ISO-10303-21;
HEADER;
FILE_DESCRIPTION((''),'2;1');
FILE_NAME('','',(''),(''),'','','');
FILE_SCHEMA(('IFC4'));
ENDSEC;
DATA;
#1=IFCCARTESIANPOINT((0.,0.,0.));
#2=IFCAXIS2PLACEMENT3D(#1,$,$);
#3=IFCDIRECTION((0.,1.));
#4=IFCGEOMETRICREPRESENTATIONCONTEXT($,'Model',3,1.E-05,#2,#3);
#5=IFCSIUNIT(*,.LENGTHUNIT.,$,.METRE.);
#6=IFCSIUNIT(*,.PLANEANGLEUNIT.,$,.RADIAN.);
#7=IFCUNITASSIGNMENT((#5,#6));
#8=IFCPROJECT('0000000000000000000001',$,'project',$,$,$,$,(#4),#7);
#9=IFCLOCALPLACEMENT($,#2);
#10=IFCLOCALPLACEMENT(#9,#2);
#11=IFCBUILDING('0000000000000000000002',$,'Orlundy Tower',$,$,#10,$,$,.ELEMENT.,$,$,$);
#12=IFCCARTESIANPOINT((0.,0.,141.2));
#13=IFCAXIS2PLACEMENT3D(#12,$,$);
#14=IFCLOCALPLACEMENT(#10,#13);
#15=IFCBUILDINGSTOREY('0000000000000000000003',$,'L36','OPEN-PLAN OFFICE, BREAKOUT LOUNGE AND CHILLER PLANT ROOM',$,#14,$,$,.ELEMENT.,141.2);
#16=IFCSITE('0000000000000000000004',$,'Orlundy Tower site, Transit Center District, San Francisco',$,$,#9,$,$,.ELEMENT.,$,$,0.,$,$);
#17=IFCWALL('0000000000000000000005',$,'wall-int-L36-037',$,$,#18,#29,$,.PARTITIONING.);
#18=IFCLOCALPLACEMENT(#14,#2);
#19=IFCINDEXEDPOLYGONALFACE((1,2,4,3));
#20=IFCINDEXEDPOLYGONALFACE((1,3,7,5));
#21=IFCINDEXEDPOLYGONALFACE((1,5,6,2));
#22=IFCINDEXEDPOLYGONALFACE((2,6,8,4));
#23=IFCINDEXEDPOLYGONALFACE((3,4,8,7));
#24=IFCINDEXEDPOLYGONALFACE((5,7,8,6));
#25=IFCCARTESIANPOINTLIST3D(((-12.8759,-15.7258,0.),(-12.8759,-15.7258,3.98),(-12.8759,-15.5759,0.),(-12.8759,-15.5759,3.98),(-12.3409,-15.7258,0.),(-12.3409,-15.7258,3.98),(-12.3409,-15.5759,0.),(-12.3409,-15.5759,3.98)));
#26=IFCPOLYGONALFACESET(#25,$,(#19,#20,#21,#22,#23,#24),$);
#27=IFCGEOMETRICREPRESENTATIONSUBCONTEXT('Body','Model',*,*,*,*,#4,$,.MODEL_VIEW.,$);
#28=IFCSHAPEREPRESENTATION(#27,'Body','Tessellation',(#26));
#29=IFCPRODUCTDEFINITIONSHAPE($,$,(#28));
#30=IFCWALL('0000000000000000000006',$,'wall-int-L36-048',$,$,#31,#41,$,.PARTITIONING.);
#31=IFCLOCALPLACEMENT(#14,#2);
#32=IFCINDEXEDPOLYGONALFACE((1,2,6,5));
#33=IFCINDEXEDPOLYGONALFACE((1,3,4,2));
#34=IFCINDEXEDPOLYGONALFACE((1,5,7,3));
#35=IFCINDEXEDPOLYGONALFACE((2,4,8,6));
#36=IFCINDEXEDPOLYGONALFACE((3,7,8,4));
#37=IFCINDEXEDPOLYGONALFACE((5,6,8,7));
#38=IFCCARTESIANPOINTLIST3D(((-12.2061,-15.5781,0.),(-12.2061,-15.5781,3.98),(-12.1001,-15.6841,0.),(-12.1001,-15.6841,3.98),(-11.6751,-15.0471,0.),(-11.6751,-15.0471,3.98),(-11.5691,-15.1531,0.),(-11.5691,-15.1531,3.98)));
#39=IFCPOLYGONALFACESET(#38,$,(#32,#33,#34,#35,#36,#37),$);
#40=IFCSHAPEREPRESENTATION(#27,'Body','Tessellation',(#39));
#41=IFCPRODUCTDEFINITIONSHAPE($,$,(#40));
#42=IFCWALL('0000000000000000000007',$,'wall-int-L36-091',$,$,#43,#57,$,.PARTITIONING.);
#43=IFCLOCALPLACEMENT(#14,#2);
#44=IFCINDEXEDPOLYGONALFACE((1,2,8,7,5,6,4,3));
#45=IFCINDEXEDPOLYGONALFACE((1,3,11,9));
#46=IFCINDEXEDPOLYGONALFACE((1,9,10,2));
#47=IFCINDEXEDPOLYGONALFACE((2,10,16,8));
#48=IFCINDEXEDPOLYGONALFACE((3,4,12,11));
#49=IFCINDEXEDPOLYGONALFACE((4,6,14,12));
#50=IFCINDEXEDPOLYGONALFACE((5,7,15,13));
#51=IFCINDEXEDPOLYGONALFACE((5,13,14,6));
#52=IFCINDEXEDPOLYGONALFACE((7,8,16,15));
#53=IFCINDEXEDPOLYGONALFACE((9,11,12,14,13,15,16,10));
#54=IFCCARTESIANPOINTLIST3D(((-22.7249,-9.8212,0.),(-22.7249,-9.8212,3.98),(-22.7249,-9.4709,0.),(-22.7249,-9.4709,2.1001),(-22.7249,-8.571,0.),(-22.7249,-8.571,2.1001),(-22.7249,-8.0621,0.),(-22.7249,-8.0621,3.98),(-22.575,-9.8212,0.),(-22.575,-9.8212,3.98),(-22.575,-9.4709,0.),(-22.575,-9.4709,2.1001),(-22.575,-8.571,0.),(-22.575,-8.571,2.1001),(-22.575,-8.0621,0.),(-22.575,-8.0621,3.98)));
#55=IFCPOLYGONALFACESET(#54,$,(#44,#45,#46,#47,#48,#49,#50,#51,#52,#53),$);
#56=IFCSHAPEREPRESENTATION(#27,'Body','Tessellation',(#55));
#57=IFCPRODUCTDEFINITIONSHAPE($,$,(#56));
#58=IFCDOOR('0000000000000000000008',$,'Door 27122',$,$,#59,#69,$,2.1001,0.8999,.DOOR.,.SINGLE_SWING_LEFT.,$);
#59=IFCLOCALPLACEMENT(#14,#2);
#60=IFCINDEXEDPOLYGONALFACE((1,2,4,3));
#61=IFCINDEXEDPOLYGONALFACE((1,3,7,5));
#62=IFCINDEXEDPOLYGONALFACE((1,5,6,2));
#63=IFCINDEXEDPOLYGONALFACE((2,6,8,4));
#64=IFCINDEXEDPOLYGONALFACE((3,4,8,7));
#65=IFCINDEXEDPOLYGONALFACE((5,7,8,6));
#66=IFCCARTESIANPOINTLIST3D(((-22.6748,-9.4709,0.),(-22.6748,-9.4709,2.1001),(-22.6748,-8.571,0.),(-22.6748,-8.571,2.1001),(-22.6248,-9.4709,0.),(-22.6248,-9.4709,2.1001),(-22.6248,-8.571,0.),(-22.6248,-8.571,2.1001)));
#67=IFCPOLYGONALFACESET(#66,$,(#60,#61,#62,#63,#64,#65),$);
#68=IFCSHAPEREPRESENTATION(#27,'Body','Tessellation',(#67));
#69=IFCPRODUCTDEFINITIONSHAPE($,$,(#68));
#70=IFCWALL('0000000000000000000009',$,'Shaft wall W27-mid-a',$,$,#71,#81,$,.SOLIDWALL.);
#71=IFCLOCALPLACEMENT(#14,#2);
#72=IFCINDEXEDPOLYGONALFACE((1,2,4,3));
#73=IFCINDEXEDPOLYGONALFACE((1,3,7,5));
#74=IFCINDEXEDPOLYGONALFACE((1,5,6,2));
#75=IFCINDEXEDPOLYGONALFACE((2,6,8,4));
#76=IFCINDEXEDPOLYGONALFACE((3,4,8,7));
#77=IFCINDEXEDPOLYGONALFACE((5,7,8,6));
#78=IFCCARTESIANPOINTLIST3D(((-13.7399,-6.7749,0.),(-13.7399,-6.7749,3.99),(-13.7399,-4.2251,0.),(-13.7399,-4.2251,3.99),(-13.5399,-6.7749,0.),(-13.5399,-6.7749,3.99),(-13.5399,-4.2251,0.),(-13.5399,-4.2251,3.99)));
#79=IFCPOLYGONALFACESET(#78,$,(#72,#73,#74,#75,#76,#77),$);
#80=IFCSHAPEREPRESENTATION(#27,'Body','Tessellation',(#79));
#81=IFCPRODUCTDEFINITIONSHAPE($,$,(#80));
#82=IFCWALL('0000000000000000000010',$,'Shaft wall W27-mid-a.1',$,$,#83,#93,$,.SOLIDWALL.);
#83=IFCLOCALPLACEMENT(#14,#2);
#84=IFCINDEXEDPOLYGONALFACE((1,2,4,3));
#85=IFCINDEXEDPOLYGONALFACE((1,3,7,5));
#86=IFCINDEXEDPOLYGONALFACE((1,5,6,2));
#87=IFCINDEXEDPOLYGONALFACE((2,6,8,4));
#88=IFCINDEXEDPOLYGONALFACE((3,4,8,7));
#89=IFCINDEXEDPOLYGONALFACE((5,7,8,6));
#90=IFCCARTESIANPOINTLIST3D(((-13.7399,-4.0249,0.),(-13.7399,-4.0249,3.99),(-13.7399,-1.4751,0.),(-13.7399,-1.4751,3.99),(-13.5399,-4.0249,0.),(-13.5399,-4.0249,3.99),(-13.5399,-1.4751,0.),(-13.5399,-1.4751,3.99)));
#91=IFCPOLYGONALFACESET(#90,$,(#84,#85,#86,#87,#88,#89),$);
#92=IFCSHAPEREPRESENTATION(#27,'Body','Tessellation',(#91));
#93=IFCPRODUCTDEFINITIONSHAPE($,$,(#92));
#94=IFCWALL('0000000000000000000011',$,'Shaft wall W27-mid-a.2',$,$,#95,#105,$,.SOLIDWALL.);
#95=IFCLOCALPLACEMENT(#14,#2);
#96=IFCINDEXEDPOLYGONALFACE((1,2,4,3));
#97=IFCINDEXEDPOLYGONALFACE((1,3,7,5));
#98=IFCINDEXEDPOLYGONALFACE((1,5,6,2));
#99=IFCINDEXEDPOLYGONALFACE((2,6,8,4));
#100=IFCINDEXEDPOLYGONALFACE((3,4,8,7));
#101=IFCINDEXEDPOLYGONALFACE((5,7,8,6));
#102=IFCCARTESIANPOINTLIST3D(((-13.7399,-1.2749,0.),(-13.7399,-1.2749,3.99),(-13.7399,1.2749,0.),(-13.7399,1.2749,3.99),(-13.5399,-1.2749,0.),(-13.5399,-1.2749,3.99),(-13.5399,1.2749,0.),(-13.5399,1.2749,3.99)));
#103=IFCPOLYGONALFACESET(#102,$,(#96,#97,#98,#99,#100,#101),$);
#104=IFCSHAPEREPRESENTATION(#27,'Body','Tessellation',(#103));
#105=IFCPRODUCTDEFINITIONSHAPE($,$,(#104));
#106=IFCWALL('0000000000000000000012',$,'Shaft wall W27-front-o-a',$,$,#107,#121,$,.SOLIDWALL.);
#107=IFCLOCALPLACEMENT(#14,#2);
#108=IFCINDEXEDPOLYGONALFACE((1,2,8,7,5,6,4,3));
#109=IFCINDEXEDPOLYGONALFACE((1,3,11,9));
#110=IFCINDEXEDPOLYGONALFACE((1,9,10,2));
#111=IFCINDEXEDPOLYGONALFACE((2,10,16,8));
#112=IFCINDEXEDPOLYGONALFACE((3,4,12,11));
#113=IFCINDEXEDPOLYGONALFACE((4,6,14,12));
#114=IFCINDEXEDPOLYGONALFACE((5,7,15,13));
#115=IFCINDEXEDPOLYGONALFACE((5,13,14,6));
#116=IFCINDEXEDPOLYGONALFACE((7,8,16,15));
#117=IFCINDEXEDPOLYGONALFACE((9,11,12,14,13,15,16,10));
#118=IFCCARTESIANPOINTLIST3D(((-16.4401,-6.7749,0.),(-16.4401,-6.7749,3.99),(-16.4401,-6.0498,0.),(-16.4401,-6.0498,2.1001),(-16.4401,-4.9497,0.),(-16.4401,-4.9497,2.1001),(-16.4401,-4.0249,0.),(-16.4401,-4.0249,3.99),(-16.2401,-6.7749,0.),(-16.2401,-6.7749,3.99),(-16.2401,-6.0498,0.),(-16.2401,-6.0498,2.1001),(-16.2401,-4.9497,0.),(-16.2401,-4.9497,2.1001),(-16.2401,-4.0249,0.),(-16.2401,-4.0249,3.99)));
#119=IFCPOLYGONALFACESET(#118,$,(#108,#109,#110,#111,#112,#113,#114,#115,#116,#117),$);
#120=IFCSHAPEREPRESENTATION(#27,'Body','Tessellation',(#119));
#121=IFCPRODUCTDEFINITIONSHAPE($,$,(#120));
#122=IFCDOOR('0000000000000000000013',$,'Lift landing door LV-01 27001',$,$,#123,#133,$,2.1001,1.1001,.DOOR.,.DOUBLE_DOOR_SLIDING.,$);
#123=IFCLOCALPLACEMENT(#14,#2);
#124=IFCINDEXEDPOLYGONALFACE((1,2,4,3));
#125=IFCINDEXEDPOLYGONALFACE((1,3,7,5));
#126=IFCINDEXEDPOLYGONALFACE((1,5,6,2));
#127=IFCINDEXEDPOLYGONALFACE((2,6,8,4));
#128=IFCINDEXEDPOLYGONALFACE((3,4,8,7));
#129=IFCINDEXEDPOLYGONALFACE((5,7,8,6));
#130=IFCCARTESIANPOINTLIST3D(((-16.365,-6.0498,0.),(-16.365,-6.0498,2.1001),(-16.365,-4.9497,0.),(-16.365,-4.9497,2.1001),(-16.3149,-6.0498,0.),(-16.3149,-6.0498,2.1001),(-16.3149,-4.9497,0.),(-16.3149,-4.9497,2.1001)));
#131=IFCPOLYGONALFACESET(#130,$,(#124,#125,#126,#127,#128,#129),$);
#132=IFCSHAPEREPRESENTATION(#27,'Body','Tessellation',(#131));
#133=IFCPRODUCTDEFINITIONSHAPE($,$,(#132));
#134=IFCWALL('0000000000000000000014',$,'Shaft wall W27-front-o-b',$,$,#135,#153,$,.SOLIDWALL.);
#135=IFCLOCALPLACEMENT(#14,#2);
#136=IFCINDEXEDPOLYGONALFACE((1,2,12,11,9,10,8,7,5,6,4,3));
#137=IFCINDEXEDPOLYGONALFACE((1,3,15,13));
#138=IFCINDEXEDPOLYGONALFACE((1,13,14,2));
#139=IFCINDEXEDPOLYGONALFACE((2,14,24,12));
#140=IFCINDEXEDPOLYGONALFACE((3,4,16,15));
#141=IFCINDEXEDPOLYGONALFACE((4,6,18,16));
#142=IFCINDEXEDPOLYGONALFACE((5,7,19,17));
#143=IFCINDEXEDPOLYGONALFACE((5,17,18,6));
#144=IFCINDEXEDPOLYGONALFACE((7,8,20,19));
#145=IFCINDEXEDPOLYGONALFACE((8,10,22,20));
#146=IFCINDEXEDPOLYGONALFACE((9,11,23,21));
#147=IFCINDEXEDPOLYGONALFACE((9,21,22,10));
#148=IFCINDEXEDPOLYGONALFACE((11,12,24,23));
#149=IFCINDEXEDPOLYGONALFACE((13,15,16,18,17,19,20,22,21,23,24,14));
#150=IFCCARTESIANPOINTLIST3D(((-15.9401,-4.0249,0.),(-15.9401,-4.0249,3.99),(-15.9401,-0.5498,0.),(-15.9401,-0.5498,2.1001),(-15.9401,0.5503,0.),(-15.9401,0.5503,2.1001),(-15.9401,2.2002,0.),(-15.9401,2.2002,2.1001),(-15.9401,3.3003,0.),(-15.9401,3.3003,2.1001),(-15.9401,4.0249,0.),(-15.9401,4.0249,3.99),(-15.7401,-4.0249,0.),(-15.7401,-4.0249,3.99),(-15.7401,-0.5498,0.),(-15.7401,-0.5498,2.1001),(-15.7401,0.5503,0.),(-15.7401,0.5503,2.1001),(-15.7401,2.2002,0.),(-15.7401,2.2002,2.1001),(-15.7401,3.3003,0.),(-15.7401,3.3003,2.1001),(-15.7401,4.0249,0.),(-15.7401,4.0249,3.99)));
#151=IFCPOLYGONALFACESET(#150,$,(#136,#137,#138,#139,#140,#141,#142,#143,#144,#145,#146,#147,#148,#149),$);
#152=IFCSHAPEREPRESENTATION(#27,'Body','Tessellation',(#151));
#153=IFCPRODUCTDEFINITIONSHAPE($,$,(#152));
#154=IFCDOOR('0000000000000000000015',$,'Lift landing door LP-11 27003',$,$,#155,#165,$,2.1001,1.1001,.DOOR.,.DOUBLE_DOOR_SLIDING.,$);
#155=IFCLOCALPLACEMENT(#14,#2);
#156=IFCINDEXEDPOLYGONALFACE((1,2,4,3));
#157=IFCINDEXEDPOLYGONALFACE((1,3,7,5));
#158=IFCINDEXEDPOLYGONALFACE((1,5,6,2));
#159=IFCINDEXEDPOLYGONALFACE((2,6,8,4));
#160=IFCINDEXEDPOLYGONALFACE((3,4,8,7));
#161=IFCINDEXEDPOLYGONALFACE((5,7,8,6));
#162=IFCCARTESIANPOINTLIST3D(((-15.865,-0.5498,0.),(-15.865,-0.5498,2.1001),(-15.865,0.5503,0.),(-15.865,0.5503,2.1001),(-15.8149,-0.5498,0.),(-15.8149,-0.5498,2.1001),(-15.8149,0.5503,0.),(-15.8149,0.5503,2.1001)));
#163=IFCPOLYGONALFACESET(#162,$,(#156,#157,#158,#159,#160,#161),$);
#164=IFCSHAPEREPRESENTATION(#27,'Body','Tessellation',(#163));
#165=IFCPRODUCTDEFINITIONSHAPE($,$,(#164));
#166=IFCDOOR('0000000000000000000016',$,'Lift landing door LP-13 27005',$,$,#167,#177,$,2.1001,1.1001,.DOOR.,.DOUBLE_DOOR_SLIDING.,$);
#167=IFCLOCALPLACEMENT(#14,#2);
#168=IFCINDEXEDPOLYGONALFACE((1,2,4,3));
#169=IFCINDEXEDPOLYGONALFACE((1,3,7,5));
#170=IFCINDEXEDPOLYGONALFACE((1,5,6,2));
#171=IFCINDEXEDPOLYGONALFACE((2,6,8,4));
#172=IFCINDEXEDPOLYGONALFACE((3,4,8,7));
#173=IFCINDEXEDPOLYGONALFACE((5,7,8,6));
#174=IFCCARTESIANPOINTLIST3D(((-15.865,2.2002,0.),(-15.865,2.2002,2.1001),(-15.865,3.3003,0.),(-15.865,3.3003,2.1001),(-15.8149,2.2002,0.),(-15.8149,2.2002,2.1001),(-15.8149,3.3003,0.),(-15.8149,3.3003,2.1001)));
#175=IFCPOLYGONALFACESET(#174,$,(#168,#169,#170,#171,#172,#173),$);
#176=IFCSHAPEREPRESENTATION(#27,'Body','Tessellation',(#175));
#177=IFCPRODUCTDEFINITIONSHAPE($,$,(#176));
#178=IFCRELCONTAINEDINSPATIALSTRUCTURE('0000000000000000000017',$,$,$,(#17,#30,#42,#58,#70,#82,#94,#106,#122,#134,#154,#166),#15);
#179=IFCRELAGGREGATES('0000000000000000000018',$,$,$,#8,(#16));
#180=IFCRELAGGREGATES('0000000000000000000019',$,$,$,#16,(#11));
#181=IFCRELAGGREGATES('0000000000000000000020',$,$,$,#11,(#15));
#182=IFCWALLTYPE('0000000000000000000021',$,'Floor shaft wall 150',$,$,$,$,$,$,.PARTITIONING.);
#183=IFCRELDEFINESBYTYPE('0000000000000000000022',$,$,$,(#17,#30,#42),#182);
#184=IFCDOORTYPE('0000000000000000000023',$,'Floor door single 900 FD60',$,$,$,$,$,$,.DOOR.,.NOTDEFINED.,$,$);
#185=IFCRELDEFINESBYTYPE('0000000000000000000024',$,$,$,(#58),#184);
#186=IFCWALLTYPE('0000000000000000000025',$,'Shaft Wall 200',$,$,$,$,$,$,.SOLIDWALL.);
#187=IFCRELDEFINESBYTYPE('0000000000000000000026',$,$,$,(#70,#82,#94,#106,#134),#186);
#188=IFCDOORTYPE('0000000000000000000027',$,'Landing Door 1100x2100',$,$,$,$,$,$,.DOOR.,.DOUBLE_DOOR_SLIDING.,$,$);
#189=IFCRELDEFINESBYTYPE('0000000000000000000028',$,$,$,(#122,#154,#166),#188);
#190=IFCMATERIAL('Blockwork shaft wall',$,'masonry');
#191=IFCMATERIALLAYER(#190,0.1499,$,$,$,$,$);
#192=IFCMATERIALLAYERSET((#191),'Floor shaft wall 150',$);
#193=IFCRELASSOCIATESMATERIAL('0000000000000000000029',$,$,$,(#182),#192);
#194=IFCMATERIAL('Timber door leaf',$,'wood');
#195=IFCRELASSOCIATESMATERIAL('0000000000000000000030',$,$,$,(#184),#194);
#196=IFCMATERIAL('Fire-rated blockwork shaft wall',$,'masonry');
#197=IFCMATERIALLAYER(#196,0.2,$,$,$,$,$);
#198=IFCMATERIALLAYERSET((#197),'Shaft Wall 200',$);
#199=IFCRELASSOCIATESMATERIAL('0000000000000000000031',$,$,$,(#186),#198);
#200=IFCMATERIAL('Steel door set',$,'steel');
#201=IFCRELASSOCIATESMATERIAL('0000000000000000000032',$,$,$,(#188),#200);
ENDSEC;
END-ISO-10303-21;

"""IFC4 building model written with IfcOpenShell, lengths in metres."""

from ifc_helpers import new_model, si_unit, direction, frame, frame_2d, origin, place, context, subcontext, project, spatial, rectangle, extrude, material, layer, layer_set, type_object, element, fill, save


model = new_model("IFC4")

# Units and contexts
model_context = context("Model", 3, precision=1e-05, world=origin(), true_north=direction((0.0, 1.0)))
body_context = subcontext(model_context, "Body", "Model", "MODEL_VIEW")
ifc_project = project(units=[si_unit("LENGTHUNIT", "METRE"), si_unit("PLANEANGLEUNIT", "RADIAN")], contexts=[model_context])

# Site, building, storey
site_placement = place(None, origin())
site = spatial("IfcSite", under=ifc_project, at=site_placement, Name="Orlundy Tower site, Transit Center District, San Francisco", CompositionType="ELEMENT", RefElevation=0.0)
building_placement = place(site_placement, origin())
building = spatial("IfcBuilding", under=site, at=building_placement, Name="Orlundy Tower", CompositionType="ELEMENT")
storey_placement = place(building_placement, frame((0.0, 0.0, 141.2)))
storey = spatial("IfcBuildingStorey", under=building, at=storey_placement, Name="L36", Description="OPEN-PLAN OFFICE, BREAKOUT LOUNGE AND CHILLER PLANT ROOM", CompositionType="ELEMENT", Elevation=141.2)

# Walls
ifc_material_1 = material(Name="Blockwork shaft wall", Category="masonry")
ifc_layer_1 = layer(ifc_material_1, 0.1499)
ifc_layer_set_1 = layer_set([ifc_layer_1], Name="Floor shaft wall 150")
wall_type_1 = type_object("IfcWallType", Name="Floor shaft wall 150", PredefinedType="PARTITIONING", material=ifc_layer_set_1)
wall_1_placement = place(storey_placement, frame((-12.876, -15.6509, 0.0), z_axis=(0.0, 0.0, 1.0), x_axis=(1.0, 0.0, 0.0)))
element("IfcWall", 1, at=wall_1_placement, inside=storey, type_object=wall_type_1, Name="wall-int-L36-037", PredefinedType="PARTITIONING", context=body_context, shape_type="SweptSolid", body=[
    extrude(rectangle(XDim=0.5349, YDim=0.1499, at=frame_2d((0.2676, 0.0))), origin(), (0.0, 0.0, 1.0), 3.98),
])
wall_2_placement = place(storey_placement, frame((-12.1531, -15.6311, 0.0), z_axis=(0.0, 0.0, 1.0), x_axis=(0.707107, 0.707107, 0.0)))
element("IfcWall", 2, at=wall_2_placement, inside=storey, type_object=wall_type_1, Name="wall-int-L36-048", PredefinedType="PARTITIONING", context=body_context, shape_type="SweptSolid", body=[
    extrude(rectangle(XDim=0.751, YDim=0.1499, at=frame_2d((0.3755, 0.0))), origin(), (0.0, 0.0, 1.0), 3.98),
])

# Wall, opening, door
wall_3_placement = place(storey_placement, frame((-22.6499, -9.821, 0.0), z_axis=(0.0, 0.0, 1.0), x_axis=(0.0, 1.0, 0.0)))
wall_3 = element("IfcWall", 3, at=wall_3_placement, inside=storey, type_object=wall_type_1, Name="wall-int-L36-091", PredefinedType="PARTITIONING", context=body_context, shape_type="SweptSolid", body=[
    extrude(rectangle(XDim=1.759, YDim=0.1499, at=frame_2d((0.8794, 0.0))), origin(), (0.0, 0.0, 1.0), 3.98),
])
opening_1_placement = place(wall_3_placement, frame((0.3501, 0.0, 0.0)))
opening_1 = element("IfcOpeningElement", 4, at=opening_1_placement, cuts=wall_3, PredefinedType="OPENING", context=body_context, shape_type="SweptSolid", body=[
    extrude(rectangle(XDim=0.8999, YDim=2.1001, at=frame_2d((0.45, 1.05))), frame((0.0, 0.085, 0.0), z_axis=(0.0, -1.0, 0.0), x_axis=(1.0, 0.0, 0.0)), (0.0, 0.0, 1.0), 0.1699),
])
ifc_material_2 = material(Name="Timber door leaf", Category="wood")
door_type_1 = type_object("IfcDoorType", Name="Floor door single 900 FD60", OperationType="NOTDEFINED", PredefinedType="DOOR", material=ifc_material_2)
door_1_placement = place(opening_1_placement, origin())
door_1 = element("IfcDoor", 5, at=door_1_placement, inside=storey, type_object=door_type_1, Name="Door 27122", OperationType="SINGLE_SWING_LEFT", OverallHeight=2.1001, OverallWidth=0.8999, PredefinedType="DOOR", context=body_context, shape_type="SweptSolid", body=[
    extrude(rectangle(XDim=0.8999, YDim=2.1001, at=frame_2d((0.45, 1.05))), frame((0.0, 0.0249, 0.0), z_axis=(0.0, -1.0, 0.0), x_axis=(1.0, 0.0, 0.0)), (0.0, 0.0, 1.0), 0.05),
])
fill(opening_1, door_1)

# Walls
ifc_material_3 = material(Name="Fire-rated blockwork shaft wall", Category="masonry")
ifc_layer_2 = layer(ifc_material_3, 0.2)
ifc_layer_set_2 = layer_set([ifc_layer_2], Name="Shaft Wall 200")
wall_type_2 = type_object("IfcWallType", Name="Shaft Wall 200", PredefinedType="SOLIDWALL", material=ifc_layer_set_2)
for number, where, z_axis, x_axis, name in (
    (6, (-13.6399, -6.7749, 0.0), (0.0, 0.0, 1.0), (0.0, 1.0, 0.0), "Shaft wall W27-mid-a"),
    (7, (-13.6399, -4.0249, 0.0), (0.0, 0.0, 1.0), (0.0, 1.0, 0.0), "Shaft wall W27-mid-a.1"),
    (8, (-13.6399, -1.2749, 0.0), (0.0, 0.0, 1.0), (0.0, 1.0, 0.0), "Shaft wall W27-mid-a.2"),
):
    element("IfcWall", number, at=place(storey_placement, frame(where, z_axis=z_axis, x_axis=x_axis)), inside=storey, type_object=wall_type_2, Name=name, PredefinedType="SOLIDWALL", context=body_context, shape_type="SweptSolid", body=[
        extrude(rectangle(XDim=2.5498, YDim=0.2, at=frame_2d((1.2749, 0.0))), origin(), (0.0, 0.0, 1.0), 3.99),
    ])

# Wall, opening, door
wall_4_placement = place(storey_placement, frame((-16.3401, -6.7749, 0.0), z_axis=(0.0, 0.0, 1.0), x_axis=(0.0, 1.0, 0.0)))
wall_4 = element("IfcWall", 9, at=wall_4_placement, inside=storey, type_object=wall_type_2, Name="Shaft wall W27-front-o-a", PredefinedType="SOLIDWALL", context=body_context, shape_type="SweptSolid", body=[
    extrude(rectangle(XDim=2.75, YDim=0.2, at=frame_2d((1.375, 0.0))), origin(), (0.0, 0.0, 1.0), 3.99),
])
opening_2_placement = place(wall_4_placement, frame((0.7251, 0.0, 0.0)))
opening_2 = element("IfcOpeningElement", 10, at=opening_2_placement, cuts=wall_4, PredefinedType="OPENING", context=body_context, shape_type="SweptSolid", body=[
    extrude(rectangle(XDim=1.1001, YDim=2.1001, at=frame_2d((0.55, 1.05))), frame((0.0, 0.1101, 0.0), z_axis=(0.0, -1.0, 0.0), x_axis=(1.0, 0.0, 0.0)), (0.0, 0.0, 1.0), 0.2202),
])
ifc_material_4 = material(Name="Steel door set", Category="steel")
door_type_2 = type_object("IfcDoorType", Name="Landing Door 1100x2100", OperationType="DOUBLE_DOOR_SLIDING", PredefinedType="DOOR", material=ifc_material_4)
door_2_placement = place(opening_2_placement, origin())
door_2 = element("IfcDoor", 11, at=door_2_placement, inside=storey, type_object=door_type_2, Name="Lift landing door LV-01 27001", OperationType="DOUBLE_DOOR_SLIDING", OverallHeight=2.1001, OverallWidth=1.1001, PredefinedType="DOOR", context=body_context, shape_type="SweptSolid", body=[
    extrude(rectangle(XDim=1.1001, YDim=2.1001, at=frame_2d((0.55, 1.05))), frame((0.0, 0.0249, 0.0), z_axis=(0.0, -1.0, 0.0), x_axis=(1.0, 0.0, 0.0)), (0.0, 0.0, 1.0), 0.05),
])
fill(opening_2, door_2)

# Wall, openings, doors
wall_5_placement = place(storey_placement, frame((-15.8401, -4.0249, 0.0), z_axis=(0.0, 0.0, 1.0), x_axis=(0.0, 1.0, 0.0)))
wall_5 = element("IfcWall", 12, at=wall_5_placement, inside=storey, type_object=wall_type_2, Name="Shaft wall W27-front-o-b", PredefinedType="SOLIDWALL", context=body_context, shape_type="SweptSolid", body=[
    extrude(rectangle(XDim=8.0498, YDim=0.2, at=frame_2d((4.0249, 0.0))), origin(), (0.0, 0.0, 1.0), 3.99),
])
opening_3_placement = place(wall_5_placement, frame((3.4751, 0.0, 0.0)))
opening_3 = element("IfcOpeningElement", 13, at=opening_3_placement, cuts=wall_5, PredefinedType="OPENING", context=body_context, shape_type="SweptSolid", body=[
    extrude(rectangle(XDim=1.1001, YDim=2.1001, at=frame_2d((0.55, 1.05))), frame((0.0, 0.1101, 0.0), z_axis=(0.0, -1.0, 0.0), x_axis=(1.0, 0.0, 0.0)), (0.0, 0.0, 1.0), 0.2202),
])
opening_4_placement = place(wall_5_placement, frame((6.2251, 0.0, 0.0)))
opening_4 = element("IfcOpeningElement", 14, at=opening_4_placement, cuts=wall_5, PredefinedType="OPENING", context=body_context, shape_type="SweptSolid", body=[
    extrude(rectangle(XDim=1.1001, YDim=2.1001, at=frame_2d((0.55, 1.05))), frame((0.0, 0.1101, 0.0), z_axis=(0.0, -1.0, 0.0), x_axis=(1.0, 0.0, 0.0)), (0.0, 0.0, 1.0), 0.2202),
])
door_3_placement = place(opening_3_placement, origin())
door_3 = element("IfcDoor", 15, at=door_3_placement, inside=storey, type_object=door_type_2, Name="Lift landing door LP-11 27003", OperationType="DOUBLE_DOOR_SLIDING", OverallHeight=2.1001, OverallWidth=1.1001, PredefinedType="DOOR", context=body_context, shape_type="SweptSolid", body=[
    extrude(rectangle(XDim=1.1001, YDim=2.1001, at=frame_2d((0.55, 1.05))), frame((0.0, 0.0249, 0.0), z_axis=(0.0, -1.0, 0.0), x_axis=(1.0, 0.0, 0.0)), (0.0, 0.0, 1.0), 0.05),
])
fill(opening_3, door_3)
door_4_placement = place(opening_4_placement, origin())
door_4 = element("IfcDoor", 16, at=door_4_placement, inside=storey, type_object=door_type_2, Name="Lift landing door LP-13 27005", OperationType="DOUBLE_DOOR_SLIDING", OverallHeight=2.1001, OverallWidth=1.1001, PredefinedType="DOOR", context=body_context, shape_type="SweptSolid", body=[
    extrude(rectangle(XDim=1.1001, YDim=2.1001, at=frame_2d((0.55, 1.05))), frame((0.0, 0.0249, 0.0), z_axis=(0.0, -1.0, 0.0), x_axis=(1.0, 0.0, 0.0)), (0.0, 0.0, 1.0), 0.05),
])
fill(opening_4, door_4)

save(model, "model.ifc")
